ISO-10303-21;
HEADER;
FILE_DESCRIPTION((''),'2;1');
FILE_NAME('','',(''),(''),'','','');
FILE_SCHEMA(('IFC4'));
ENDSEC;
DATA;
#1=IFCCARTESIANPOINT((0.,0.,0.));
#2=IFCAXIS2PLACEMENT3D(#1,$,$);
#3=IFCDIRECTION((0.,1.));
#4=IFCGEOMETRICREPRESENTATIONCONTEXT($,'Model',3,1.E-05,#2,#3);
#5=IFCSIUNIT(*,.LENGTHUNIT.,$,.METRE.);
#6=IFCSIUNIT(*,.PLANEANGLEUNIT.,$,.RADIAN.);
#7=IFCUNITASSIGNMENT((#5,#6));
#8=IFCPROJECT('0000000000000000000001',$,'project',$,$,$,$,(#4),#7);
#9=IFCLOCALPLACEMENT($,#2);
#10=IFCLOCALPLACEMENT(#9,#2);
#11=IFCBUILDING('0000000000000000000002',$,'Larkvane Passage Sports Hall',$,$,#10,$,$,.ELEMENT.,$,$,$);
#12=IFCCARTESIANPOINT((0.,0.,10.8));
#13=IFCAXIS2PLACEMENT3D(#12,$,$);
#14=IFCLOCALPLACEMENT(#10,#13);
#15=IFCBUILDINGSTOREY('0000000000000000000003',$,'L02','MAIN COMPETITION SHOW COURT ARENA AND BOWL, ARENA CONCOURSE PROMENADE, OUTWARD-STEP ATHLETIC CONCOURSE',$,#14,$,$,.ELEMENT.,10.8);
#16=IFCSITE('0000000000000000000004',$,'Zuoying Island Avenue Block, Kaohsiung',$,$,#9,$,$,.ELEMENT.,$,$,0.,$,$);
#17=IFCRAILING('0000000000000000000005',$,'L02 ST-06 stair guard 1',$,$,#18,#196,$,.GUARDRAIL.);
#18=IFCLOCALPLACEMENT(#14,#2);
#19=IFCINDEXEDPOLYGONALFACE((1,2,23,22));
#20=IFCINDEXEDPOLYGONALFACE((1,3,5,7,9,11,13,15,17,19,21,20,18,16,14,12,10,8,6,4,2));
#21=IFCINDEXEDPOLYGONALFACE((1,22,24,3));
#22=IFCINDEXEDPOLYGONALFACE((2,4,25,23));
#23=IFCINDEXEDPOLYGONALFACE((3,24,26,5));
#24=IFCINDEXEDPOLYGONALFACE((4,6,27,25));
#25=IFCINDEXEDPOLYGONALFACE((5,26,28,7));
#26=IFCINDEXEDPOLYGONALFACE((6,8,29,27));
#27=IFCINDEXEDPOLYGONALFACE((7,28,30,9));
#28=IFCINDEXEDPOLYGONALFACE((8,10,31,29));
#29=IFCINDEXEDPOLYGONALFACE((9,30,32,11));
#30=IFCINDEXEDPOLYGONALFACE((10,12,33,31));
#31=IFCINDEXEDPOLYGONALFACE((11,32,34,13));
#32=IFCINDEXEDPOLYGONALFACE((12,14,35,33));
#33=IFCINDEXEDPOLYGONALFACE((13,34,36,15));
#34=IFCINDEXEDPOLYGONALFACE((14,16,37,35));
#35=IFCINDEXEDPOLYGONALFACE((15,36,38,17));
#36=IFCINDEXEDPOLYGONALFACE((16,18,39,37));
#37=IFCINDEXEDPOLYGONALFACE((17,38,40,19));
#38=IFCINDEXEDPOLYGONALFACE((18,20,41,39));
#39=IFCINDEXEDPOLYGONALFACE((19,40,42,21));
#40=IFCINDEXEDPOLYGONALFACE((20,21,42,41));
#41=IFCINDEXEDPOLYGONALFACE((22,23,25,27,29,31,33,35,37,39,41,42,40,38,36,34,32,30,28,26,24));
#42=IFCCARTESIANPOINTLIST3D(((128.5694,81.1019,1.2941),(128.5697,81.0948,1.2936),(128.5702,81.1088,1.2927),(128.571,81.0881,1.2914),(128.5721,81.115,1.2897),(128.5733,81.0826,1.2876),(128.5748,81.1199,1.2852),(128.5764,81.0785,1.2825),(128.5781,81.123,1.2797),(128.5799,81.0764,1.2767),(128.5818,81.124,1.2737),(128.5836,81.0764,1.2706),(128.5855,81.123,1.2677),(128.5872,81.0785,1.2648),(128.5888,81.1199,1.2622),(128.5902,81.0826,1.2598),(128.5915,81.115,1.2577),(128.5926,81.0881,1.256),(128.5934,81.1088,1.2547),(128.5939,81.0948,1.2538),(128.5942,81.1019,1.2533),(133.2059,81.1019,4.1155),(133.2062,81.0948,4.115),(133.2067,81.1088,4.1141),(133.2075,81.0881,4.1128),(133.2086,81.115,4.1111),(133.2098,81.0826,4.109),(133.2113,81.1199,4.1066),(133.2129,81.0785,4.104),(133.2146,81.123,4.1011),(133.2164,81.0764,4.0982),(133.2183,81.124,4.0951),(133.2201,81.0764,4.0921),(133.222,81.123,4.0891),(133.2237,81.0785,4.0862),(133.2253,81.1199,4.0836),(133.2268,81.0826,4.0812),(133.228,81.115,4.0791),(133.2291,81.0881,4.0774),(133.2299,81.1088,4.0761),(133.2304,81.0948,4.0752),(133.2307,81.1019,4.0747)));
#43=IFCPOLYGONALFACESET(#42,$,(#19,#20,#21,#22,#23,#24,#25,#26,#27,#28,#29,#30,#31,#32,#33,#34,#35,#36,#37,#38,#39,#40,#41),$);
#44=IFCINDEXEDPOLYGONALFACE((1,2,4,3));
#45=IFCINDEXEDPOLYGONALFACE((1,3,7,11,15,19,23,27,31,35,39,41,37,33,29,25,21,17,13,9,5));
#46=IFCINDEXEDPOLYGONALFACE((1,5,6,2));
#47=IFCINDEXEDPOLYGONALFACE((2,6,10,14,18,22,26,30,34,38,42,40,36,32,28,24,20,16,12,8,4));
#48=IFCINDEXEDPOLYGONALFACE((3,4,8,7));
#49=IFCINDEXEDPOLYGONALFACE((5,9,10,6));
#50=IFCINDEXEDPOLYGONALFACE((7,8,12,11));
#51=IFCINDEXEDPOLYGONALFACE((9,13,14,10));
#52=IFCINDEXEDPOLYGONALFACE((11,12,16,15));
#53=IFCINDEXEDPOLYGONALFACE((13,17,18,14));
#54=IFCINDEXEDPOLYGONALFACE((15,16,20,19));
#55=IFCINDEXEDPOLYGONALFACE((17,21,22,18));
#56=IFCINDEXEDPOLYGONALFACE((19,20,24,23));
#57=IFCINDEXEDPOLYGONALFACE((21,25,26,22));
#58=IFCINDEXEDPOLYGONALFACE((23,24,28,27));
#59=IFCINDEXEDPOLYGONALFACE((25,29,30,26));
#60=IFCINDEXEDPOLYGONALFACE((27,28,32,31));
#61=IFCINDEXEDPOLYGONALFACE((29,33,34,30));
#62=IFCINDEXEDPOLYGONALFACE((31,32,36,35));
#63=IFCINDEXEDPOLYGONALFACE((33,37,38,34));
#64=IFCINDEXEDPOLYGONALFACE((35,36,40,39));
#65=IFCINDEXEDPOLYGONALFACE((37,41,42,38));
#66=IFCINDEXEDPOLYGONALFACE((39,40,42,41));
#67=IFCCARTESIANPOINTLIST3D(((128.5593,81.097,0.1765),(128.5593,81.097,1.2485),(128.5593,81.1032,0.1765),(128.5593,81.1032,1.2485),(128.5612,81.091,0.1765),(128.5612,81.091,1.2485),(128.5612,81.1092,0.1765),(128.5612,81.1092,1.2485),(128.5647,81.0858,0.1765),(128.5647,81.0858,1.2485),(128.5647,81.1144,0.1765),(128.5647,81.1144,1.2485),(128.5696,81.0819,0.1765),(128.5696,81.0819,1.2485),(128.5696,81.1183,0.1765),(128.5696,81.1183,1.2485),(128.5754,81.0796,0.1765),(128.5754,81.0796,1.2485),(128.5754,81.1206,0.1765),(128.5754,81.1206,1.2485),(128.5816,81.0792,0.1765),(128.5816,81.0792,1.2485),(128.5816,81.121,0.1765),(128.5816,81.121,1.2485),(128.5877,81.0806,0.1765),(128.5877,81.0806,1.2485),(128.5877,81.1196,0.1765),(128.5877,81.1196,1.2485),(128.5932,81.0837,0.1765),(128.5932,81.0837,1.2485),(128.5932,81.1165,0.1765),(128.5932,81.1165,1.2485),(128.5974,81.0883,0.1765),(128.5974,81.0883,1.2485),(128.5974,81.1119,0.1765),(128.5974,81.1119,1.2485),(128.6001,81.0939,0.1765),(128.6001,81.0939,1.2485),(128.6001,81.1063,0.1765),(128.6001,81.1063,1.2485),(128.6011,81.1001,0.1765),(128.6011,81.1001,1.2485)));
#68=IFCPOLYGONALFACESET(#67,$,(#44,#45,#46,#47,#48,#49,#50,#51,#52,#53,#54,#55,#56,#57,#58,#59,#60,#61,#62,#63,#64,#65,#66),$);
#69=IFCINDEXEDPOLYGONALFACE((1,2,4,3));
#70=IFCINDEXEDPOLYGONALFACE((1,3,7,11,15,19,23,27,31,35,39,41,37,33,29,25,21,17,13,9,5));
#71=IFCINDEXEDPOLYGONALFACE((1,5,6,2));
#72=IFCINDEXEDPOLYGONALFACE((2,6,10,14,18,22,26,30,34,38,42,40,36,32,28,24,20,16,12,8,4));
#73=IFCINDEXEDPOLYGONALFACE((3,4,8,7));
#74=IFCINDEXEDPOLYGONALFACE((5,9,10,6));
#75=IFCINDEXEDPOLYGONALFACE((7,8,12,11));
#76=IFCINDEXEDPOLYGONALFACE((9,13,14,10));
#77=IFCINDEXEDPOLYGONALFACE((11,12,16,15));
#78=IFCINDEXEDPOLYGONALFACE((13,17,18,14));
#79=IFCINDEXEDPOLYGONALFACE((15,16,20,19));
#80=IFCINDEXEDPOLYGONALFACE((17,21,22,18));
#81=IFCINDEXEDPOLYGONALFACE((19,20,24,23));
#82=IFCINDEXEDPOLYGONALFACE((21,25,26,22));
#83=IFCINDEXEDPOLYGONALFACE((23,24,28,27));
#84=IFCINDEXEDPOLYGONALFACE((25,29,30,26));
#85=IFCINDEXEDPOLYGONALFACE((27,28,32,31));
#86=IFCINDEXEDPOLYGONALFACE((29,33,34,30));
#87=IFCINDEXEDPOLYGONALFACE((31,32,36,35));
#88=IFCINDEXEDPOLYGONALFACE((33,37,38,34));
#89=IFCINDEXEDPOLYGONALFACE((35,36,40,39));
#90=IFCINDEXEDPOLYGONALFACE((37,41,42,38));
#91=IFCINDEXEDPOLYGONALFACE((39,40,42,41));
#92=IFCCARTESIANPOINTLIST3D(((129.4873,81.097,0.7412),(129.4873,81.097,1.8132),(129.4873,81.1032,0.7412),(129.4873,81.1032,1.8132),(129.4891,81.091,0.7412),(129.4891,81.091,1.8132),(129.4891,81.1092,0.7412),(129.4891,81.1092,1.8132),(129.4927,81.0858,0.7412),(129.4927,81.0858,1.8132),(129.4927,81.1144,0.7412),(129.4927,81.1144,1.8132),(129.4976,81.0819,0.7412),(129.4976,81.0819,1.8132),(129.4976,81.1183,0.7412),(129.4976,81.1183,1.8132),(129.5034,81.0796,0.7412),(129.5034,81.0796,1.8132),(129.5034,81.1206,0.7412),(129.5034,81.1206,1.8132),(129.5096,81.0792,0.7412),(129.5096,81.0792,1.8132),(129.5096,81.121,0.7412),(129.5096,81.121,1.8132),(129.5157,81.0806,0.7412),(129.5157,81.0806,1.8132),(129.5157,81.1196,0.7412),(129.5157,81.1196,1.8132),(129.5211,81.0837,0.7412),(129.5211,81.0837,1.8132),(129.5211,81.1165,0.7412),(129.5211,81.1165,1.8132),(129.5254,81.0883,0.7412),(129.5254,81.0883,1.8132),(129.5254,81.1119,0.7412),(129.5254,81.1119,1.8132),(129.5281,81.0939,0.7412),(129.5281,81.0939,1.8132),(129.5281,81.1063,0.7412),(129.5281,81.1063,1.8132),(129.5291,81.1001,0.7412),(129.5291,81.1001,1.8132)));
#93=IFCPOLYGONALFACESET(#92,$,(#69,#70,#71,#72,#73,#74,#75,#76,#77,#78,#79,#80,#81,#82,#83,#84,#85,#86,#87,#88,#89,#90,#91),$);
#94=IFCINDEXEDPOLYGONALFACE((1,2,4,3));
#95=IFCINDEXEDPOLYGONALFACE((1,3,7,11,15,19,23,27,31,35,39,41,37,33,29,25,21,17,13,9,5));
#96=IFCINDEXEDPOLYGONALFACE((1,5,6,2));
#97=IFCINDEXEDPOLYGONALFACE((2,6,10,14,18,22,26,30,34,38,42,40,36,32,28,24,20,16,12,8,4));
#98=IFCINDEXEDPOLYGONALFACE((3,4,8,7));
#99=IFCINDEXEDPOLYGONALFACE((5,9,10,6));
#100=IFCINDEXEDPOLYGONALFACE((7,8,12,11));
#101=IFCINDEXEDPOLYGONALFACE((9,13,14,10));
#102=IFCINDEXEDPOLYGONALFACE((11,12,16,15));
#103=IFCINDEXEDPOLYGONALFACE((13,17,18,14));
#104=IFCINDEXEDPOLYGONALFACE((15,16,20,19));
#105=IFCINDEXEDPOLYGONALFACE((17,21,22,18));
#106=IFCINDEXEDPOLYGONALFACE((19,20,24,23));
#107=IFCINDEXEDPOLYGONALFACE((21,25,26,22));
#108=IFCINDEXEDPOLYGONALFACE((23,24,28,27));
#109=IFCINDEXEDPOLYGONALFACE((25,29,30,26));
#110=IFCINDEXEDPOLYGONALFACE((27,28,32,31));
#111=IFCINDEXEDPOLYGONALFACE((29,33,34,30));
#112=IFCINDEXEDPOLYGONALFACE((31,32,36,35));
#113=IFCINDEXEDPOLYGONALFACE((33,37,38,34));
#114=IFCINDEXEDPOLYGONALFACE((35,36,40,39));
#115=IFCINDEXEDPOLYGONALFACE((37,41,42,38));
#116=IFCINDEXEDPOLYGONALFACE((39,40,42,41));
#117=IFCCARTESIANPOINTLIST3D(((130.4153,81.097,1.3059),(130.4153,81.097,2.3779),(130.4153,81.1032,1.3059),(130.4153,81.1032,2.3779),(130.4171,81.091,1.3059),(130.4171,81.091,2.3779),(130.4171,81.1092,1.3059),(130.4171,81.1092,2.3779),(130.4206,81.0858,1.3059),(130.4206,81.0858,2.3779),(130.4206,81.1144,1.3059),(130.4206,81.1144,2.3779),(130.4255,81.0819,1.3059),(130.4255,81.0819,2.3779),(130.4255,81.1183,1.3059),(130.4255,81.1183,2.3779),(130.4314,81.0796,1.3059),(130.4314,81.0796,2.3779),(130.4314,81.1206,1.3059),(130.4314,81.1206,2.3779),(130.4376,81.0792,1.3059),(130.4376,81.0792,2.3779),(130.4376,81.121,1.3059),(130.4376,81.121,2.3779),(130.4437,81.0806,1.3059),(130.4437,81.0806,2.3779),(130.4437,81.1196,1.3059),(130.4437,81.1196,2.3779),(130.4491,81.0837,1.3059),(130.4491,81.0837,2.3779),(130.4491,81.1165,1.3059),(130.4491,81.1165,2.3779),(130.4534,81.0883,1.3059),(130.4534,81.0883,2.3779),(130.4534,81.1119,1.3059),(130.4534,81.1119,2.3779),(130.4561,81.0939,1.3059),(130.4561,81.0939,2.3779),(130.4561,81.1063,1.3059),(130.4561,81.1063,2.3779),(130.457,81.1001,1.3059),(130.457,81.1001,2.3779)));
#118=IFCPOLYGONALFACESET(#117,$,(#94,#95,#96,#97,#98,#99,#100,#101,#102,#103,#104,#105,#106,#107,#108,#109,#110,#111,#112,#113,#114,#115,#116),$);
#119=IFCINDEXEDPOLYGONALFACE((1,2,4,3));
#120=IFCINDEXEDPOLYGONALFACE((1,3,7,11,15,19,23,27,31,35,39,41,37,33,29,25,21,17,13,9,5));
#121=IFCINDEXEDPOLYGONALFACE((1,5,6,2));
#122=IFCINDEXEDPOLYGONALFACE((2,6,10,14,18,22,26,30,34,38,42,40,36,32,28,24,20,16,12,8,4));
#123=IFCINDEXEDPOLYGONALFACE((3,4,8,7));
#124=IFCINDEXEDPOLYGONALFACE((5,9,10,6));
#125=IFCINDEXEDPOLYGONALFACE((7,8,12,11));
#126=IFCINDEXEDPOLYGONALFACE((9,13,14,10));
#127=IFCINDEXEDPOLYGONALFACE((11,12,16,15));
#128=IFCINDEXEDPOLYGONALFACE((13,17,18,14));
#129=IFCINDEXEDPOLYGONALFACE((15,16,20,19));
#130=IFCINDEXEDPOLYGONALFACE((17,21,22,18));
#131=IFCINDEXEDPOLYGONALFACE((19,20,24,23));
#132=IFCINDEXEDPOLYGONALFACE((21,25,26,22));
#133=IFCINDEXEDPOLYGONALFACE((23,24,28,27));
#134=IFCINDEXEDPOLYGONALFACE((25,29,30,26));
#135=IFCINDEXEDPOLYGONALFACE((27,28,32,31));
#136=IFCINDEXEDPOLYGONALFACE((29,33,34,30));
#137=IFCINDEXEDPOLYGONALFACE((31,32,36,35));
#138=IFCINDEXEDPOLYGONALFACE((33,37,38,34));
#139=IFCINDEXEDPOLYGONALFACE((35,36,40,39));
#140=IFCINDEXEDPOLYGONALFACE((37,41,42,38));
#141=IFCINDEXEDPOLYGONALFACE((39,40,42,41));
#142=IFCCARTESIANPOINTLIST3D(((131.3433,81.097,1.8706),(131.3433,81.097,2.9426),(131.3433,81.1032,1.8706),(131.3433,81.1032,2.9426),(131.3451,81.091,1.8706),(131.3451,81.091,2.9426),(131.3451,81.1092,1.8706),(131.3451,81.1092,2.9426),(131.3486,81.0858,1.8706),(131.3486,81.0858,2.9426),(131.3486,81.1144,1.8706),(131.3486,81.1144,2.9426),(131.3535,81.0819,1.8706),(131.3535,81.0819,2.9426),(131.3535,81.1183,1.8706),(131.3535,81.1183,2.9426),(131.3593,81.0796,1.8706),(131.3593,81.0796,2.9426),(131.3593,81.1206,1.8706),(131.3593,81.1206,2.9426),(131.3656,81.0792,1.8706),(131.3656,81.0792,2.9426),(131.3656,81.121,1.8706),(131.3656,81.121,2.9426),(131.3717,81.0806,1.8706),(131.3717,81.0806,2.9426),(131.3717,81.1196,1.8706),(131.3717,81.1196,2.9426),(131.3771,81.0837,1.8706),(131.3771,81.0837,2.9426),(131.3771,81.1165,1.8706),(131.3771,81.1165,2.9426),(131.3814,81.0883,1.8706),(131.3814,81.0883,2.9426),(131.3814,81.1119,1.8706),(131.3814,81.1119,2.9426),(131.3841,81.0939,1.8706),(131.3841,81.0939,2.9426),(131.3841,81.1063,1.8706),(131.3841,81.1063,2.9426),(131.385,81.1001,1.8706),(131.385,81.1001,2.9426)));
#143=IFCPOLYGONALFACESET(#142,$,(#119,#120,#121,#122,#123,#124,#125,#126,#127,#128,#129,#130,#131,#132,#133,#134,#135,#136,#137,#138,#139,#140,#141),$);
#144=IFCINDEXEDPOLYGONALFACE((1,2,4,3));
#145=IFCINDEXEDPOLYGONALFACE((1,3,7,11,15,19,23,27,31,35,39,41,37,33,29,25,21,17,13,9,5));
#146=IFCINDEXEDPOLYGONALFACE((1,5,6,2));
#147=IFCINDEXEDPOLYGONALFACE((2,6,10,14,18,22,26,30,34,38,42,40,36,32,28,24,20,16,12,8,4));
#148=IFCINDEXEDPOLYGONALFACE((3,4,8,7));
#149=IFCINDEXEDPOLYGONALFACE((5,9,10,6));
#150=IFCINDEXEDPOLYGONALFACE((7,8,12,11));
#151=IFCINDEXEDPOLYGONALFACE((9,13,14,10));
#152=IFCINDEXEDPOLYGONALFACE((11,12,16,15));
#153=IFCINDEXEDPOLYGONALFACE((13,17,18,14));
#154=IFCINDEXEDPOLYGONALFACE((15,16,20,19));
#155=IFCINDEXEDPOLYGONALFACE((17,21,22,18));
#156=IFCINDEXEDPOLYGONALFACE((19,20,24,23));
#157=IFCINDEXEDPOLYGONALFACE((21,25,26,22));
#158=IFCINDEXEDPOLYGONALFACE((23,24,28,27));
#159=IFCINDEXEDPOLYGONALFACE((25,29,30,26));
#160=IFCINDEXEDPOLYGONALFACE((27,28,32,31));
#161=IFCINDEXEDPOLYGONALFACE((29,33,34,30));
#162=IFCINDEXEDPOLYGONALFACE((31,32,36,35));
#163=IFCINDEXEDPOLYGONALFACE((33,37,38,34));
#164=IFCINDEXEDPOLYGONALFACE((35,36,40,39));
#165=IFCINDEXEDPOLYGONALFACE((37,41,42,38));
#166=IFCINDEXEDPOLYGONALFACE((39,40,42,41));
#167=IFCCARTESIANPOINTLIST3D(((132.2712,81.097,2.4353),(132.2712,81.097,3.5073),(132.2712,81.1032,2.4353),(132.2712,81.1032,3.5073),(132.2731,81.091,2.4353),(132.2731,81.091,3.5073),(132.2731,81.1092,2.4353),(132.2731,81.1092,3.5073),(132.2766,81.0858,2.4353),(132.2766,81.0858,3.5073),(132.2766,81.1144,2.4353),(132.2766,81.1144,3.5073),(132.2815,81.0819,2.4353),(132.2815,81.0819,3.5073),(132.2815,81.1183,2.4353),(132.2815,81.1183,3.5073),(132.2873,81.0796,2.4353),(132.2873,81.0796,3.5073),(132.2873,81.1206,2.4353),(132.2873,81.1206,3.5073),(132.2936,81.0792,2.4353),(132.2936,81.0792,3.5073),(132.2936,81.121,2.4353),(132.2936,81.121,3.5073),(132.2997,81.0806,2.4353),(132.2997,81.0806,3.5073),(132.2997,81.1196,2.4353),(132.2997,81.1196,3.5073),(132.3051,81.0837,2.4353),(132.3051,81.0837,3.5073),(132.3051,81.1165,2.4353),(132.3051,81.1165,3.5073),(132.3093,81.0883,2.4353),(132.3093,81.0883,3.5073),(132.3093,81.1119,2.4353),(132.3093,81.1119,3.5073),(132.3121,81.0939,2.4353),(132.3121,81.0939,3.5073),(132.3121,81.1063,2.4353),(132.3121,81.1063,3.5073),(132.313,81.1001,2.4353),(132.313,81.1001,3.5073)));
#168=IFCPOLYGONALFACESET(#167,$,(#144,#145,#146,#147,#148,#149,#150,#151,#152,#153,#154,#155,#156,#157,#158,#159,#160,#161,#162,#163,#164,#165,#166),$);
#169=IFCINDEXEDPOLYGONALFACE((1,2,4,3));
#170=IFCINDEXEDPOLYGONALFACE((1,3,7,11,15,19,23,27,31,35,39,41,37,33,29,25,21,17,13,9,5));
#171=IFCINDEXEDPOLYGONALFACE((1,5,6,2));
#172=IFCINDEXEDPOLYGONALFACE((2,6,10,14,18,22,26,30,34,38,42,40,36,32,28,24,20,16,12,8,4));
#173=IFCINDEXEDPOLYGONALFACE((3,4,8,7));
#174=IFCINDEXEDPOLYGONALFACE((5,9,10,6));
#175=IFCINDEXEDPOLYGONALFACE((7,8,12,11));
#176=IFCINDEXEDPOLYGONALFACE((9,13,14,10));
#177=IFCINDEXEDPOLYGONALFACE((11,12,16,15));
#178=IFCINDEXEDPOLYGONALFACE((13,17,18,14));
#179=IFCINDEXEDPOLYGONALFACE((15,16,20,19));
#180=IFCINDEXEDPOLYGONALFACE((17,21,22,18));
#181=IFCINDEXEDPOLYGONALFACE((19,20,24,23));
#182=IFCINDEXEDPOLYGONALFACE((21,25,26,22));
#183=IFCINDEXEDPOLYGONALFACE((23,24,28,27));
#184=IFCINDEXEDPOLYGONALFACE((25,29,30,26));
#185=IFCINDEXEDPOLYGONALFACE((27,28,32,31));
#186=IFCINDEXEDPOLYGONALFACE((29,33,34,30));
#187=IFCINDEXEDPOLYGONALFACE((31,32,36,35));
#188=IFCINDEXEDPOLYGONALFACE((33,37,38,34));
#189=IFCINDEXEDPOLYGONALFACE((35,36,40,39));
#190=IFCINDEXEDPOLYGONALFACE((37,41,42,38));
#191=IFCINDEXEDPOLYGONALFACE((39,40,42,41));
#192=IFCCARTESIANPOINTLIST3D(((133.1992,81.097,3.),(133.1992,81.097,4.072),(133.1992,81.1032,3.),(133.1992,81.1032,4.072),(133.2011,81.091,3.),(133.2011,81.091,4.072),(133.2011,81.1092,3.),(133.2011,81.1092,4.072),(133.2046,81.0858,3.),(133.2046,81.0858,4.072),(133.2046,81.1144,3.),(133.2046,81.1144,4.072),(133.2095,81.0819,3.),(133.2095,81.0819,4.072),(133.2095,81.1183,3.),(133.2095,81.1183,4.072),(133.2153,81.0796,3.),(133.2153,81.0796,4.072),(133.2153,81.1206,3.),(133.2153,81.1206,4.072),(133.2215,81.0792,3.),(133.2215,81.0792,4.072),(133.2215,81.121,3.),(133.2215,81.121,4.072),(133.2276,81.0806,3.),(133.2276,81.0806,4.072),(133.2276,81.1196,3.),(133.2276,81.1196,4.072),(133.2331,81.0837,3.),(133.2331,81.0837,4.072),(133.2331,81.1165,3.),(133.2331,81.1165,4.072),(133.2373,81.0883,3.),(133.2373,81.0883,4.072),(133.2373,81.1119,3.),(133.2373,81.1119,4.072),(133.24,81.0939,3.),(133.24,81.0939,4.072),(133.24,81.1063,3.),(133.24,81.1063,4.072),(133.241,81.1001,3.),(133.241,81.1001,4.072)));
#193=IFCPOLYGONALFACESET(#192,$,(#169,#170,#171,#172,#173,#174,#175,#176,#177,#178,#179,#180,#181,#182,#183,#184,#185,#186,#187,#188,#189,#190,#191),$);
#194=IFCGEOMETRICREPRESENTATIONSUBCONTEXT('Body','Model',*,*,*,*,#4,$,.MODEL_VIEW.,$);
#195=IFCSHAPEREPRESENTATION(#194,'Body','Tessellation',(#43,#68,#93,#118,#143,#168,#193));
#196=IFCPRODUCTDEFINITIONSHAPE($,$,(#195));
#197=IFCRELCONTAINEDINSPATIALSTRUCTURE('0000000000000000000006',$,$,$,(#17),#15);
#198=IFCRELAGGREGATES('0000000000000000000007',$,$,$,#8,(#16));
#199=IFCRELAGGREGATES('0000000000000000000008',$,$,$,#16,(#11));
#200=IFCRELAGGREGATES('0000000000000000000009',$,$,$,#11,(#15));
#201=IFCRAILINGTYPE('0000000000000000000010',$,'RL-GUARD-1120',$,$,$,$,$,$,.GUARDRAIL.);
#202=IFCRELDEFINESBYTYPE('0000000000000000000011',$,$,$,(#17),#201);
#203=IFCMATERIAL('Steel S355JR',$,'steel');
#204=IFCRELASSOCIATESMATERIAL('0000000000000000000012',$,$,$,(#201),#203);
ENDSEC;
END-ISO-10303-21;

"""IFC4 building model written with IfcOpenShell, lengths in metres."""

from ifc_helpers import new_model, si_unit, direction, frame, origin, origin_2d, place, context, subcontext, project, spatial, circle, extrude, material, type_object, element, save


model = new_model("IFC4")

# Units and contexts
model_context = context("Model", 3, precision=1e-05, world=origin(), true_north=direction((0.0, 1.0)))
body_context = subcontext(model_context, "Body", "Model", "MODEL_VIEW")
ifc_project = project(units=[si_unit("LENGTHUNIT", "METRE"), si_unit("PLANEANGLEUNIT", "RADIAN")], contexts=[model_context])

# Site, building, storey
site_placement = place(None, origin())
site = spatial("IfcSite", under=ifc_project, at=site_placement, Name="Zuoying Island Avenue Block, Kaohsiung", CompositionType="ELEMENT", RefElevation=0.0)
building_placement = place(site_placement, origin())
building = spatial("IfcBuilding", under=site, at=building_placement, Name="Larkvane Passage Sports Hall", CompositionType="ELEMENT")
storey_placement = place(building_placement, frame((0.0, 0.0, 10.8)))
storey = spatial("IfcBuildingStorey", under=building, at=storey_placement, Name="L02", Description="MAIN COMPETITION SHOW COURT ARENA AND BOWL, ARENA CONCOURSE PROMENADE, OUTWARD-STEP ATHLETIC CONCOURSE", CompositionType="ELEMENT", Elevation=10.8)

# Shared definitions
ifc_material_1 = material(Name="Steel S355JR", Category="steel")

# Railing
railing_type_1 = type_object("IfcRailingType", Name="RL-GUARD-1120", PredefinedType="GUARDRAIL", material=ifc_material_1)
railing_1_placement = place(storey_placement, frame((128.5801, 81.1001, 0.1765)))
element("IfcRailing", 1, at=railing_1_placement, inside=storey, type_object=railing_type_1, Name="L02 ST-06 stair guard 1", PredefinedType="GUARDRAIL", context=body_context, shape_type="SweptSolid", body=[
    extrude(circle(Radius=0.0239, at=origin_2d()), frame((0.0017, 0.0, 1.0972), z_axis=(0.854264, 0.0, 0.51984), x_axis=(0.0, 1.0, 0.0)), (0.0, 0.0, 1.0), 5.4275),
    extrude(circle(Radius=0.021, at=origin_2d()), origin(), (0.0, 0.0, 1.0), 1.072),
    extrude(circle(Radius=0.021, at=origin_2d()), frame((0.928, 0.0, 0.5647)), (0.0, 0.0, 1.0), 1.072),
    extrude(circle(Radius=0.021, at=origin_2d()), frame((1.856, 0.0, 1.1294)), (0.0, 0.0, 1.0), 1.072),
    extrude(circle(Radius=0.021, at=origin_2d()), frame((2.7839, 0.0, 1.6941)), (0.0, 0.0, 1.0), 1.072),
    extrude(circle(Radius=0.021, at=origin_2d()), frame((3.7119, 0.0, 2.2588)), (0.0, 0.0, 1.0), 1.072),
    extrude(circle(Radius=0.021, at=origin_2d()), frame((4.6399, 0.0, 2.8235)), (0.0, 0.0, 1.0), 1.072),
])

save(model, "model.ifc")
